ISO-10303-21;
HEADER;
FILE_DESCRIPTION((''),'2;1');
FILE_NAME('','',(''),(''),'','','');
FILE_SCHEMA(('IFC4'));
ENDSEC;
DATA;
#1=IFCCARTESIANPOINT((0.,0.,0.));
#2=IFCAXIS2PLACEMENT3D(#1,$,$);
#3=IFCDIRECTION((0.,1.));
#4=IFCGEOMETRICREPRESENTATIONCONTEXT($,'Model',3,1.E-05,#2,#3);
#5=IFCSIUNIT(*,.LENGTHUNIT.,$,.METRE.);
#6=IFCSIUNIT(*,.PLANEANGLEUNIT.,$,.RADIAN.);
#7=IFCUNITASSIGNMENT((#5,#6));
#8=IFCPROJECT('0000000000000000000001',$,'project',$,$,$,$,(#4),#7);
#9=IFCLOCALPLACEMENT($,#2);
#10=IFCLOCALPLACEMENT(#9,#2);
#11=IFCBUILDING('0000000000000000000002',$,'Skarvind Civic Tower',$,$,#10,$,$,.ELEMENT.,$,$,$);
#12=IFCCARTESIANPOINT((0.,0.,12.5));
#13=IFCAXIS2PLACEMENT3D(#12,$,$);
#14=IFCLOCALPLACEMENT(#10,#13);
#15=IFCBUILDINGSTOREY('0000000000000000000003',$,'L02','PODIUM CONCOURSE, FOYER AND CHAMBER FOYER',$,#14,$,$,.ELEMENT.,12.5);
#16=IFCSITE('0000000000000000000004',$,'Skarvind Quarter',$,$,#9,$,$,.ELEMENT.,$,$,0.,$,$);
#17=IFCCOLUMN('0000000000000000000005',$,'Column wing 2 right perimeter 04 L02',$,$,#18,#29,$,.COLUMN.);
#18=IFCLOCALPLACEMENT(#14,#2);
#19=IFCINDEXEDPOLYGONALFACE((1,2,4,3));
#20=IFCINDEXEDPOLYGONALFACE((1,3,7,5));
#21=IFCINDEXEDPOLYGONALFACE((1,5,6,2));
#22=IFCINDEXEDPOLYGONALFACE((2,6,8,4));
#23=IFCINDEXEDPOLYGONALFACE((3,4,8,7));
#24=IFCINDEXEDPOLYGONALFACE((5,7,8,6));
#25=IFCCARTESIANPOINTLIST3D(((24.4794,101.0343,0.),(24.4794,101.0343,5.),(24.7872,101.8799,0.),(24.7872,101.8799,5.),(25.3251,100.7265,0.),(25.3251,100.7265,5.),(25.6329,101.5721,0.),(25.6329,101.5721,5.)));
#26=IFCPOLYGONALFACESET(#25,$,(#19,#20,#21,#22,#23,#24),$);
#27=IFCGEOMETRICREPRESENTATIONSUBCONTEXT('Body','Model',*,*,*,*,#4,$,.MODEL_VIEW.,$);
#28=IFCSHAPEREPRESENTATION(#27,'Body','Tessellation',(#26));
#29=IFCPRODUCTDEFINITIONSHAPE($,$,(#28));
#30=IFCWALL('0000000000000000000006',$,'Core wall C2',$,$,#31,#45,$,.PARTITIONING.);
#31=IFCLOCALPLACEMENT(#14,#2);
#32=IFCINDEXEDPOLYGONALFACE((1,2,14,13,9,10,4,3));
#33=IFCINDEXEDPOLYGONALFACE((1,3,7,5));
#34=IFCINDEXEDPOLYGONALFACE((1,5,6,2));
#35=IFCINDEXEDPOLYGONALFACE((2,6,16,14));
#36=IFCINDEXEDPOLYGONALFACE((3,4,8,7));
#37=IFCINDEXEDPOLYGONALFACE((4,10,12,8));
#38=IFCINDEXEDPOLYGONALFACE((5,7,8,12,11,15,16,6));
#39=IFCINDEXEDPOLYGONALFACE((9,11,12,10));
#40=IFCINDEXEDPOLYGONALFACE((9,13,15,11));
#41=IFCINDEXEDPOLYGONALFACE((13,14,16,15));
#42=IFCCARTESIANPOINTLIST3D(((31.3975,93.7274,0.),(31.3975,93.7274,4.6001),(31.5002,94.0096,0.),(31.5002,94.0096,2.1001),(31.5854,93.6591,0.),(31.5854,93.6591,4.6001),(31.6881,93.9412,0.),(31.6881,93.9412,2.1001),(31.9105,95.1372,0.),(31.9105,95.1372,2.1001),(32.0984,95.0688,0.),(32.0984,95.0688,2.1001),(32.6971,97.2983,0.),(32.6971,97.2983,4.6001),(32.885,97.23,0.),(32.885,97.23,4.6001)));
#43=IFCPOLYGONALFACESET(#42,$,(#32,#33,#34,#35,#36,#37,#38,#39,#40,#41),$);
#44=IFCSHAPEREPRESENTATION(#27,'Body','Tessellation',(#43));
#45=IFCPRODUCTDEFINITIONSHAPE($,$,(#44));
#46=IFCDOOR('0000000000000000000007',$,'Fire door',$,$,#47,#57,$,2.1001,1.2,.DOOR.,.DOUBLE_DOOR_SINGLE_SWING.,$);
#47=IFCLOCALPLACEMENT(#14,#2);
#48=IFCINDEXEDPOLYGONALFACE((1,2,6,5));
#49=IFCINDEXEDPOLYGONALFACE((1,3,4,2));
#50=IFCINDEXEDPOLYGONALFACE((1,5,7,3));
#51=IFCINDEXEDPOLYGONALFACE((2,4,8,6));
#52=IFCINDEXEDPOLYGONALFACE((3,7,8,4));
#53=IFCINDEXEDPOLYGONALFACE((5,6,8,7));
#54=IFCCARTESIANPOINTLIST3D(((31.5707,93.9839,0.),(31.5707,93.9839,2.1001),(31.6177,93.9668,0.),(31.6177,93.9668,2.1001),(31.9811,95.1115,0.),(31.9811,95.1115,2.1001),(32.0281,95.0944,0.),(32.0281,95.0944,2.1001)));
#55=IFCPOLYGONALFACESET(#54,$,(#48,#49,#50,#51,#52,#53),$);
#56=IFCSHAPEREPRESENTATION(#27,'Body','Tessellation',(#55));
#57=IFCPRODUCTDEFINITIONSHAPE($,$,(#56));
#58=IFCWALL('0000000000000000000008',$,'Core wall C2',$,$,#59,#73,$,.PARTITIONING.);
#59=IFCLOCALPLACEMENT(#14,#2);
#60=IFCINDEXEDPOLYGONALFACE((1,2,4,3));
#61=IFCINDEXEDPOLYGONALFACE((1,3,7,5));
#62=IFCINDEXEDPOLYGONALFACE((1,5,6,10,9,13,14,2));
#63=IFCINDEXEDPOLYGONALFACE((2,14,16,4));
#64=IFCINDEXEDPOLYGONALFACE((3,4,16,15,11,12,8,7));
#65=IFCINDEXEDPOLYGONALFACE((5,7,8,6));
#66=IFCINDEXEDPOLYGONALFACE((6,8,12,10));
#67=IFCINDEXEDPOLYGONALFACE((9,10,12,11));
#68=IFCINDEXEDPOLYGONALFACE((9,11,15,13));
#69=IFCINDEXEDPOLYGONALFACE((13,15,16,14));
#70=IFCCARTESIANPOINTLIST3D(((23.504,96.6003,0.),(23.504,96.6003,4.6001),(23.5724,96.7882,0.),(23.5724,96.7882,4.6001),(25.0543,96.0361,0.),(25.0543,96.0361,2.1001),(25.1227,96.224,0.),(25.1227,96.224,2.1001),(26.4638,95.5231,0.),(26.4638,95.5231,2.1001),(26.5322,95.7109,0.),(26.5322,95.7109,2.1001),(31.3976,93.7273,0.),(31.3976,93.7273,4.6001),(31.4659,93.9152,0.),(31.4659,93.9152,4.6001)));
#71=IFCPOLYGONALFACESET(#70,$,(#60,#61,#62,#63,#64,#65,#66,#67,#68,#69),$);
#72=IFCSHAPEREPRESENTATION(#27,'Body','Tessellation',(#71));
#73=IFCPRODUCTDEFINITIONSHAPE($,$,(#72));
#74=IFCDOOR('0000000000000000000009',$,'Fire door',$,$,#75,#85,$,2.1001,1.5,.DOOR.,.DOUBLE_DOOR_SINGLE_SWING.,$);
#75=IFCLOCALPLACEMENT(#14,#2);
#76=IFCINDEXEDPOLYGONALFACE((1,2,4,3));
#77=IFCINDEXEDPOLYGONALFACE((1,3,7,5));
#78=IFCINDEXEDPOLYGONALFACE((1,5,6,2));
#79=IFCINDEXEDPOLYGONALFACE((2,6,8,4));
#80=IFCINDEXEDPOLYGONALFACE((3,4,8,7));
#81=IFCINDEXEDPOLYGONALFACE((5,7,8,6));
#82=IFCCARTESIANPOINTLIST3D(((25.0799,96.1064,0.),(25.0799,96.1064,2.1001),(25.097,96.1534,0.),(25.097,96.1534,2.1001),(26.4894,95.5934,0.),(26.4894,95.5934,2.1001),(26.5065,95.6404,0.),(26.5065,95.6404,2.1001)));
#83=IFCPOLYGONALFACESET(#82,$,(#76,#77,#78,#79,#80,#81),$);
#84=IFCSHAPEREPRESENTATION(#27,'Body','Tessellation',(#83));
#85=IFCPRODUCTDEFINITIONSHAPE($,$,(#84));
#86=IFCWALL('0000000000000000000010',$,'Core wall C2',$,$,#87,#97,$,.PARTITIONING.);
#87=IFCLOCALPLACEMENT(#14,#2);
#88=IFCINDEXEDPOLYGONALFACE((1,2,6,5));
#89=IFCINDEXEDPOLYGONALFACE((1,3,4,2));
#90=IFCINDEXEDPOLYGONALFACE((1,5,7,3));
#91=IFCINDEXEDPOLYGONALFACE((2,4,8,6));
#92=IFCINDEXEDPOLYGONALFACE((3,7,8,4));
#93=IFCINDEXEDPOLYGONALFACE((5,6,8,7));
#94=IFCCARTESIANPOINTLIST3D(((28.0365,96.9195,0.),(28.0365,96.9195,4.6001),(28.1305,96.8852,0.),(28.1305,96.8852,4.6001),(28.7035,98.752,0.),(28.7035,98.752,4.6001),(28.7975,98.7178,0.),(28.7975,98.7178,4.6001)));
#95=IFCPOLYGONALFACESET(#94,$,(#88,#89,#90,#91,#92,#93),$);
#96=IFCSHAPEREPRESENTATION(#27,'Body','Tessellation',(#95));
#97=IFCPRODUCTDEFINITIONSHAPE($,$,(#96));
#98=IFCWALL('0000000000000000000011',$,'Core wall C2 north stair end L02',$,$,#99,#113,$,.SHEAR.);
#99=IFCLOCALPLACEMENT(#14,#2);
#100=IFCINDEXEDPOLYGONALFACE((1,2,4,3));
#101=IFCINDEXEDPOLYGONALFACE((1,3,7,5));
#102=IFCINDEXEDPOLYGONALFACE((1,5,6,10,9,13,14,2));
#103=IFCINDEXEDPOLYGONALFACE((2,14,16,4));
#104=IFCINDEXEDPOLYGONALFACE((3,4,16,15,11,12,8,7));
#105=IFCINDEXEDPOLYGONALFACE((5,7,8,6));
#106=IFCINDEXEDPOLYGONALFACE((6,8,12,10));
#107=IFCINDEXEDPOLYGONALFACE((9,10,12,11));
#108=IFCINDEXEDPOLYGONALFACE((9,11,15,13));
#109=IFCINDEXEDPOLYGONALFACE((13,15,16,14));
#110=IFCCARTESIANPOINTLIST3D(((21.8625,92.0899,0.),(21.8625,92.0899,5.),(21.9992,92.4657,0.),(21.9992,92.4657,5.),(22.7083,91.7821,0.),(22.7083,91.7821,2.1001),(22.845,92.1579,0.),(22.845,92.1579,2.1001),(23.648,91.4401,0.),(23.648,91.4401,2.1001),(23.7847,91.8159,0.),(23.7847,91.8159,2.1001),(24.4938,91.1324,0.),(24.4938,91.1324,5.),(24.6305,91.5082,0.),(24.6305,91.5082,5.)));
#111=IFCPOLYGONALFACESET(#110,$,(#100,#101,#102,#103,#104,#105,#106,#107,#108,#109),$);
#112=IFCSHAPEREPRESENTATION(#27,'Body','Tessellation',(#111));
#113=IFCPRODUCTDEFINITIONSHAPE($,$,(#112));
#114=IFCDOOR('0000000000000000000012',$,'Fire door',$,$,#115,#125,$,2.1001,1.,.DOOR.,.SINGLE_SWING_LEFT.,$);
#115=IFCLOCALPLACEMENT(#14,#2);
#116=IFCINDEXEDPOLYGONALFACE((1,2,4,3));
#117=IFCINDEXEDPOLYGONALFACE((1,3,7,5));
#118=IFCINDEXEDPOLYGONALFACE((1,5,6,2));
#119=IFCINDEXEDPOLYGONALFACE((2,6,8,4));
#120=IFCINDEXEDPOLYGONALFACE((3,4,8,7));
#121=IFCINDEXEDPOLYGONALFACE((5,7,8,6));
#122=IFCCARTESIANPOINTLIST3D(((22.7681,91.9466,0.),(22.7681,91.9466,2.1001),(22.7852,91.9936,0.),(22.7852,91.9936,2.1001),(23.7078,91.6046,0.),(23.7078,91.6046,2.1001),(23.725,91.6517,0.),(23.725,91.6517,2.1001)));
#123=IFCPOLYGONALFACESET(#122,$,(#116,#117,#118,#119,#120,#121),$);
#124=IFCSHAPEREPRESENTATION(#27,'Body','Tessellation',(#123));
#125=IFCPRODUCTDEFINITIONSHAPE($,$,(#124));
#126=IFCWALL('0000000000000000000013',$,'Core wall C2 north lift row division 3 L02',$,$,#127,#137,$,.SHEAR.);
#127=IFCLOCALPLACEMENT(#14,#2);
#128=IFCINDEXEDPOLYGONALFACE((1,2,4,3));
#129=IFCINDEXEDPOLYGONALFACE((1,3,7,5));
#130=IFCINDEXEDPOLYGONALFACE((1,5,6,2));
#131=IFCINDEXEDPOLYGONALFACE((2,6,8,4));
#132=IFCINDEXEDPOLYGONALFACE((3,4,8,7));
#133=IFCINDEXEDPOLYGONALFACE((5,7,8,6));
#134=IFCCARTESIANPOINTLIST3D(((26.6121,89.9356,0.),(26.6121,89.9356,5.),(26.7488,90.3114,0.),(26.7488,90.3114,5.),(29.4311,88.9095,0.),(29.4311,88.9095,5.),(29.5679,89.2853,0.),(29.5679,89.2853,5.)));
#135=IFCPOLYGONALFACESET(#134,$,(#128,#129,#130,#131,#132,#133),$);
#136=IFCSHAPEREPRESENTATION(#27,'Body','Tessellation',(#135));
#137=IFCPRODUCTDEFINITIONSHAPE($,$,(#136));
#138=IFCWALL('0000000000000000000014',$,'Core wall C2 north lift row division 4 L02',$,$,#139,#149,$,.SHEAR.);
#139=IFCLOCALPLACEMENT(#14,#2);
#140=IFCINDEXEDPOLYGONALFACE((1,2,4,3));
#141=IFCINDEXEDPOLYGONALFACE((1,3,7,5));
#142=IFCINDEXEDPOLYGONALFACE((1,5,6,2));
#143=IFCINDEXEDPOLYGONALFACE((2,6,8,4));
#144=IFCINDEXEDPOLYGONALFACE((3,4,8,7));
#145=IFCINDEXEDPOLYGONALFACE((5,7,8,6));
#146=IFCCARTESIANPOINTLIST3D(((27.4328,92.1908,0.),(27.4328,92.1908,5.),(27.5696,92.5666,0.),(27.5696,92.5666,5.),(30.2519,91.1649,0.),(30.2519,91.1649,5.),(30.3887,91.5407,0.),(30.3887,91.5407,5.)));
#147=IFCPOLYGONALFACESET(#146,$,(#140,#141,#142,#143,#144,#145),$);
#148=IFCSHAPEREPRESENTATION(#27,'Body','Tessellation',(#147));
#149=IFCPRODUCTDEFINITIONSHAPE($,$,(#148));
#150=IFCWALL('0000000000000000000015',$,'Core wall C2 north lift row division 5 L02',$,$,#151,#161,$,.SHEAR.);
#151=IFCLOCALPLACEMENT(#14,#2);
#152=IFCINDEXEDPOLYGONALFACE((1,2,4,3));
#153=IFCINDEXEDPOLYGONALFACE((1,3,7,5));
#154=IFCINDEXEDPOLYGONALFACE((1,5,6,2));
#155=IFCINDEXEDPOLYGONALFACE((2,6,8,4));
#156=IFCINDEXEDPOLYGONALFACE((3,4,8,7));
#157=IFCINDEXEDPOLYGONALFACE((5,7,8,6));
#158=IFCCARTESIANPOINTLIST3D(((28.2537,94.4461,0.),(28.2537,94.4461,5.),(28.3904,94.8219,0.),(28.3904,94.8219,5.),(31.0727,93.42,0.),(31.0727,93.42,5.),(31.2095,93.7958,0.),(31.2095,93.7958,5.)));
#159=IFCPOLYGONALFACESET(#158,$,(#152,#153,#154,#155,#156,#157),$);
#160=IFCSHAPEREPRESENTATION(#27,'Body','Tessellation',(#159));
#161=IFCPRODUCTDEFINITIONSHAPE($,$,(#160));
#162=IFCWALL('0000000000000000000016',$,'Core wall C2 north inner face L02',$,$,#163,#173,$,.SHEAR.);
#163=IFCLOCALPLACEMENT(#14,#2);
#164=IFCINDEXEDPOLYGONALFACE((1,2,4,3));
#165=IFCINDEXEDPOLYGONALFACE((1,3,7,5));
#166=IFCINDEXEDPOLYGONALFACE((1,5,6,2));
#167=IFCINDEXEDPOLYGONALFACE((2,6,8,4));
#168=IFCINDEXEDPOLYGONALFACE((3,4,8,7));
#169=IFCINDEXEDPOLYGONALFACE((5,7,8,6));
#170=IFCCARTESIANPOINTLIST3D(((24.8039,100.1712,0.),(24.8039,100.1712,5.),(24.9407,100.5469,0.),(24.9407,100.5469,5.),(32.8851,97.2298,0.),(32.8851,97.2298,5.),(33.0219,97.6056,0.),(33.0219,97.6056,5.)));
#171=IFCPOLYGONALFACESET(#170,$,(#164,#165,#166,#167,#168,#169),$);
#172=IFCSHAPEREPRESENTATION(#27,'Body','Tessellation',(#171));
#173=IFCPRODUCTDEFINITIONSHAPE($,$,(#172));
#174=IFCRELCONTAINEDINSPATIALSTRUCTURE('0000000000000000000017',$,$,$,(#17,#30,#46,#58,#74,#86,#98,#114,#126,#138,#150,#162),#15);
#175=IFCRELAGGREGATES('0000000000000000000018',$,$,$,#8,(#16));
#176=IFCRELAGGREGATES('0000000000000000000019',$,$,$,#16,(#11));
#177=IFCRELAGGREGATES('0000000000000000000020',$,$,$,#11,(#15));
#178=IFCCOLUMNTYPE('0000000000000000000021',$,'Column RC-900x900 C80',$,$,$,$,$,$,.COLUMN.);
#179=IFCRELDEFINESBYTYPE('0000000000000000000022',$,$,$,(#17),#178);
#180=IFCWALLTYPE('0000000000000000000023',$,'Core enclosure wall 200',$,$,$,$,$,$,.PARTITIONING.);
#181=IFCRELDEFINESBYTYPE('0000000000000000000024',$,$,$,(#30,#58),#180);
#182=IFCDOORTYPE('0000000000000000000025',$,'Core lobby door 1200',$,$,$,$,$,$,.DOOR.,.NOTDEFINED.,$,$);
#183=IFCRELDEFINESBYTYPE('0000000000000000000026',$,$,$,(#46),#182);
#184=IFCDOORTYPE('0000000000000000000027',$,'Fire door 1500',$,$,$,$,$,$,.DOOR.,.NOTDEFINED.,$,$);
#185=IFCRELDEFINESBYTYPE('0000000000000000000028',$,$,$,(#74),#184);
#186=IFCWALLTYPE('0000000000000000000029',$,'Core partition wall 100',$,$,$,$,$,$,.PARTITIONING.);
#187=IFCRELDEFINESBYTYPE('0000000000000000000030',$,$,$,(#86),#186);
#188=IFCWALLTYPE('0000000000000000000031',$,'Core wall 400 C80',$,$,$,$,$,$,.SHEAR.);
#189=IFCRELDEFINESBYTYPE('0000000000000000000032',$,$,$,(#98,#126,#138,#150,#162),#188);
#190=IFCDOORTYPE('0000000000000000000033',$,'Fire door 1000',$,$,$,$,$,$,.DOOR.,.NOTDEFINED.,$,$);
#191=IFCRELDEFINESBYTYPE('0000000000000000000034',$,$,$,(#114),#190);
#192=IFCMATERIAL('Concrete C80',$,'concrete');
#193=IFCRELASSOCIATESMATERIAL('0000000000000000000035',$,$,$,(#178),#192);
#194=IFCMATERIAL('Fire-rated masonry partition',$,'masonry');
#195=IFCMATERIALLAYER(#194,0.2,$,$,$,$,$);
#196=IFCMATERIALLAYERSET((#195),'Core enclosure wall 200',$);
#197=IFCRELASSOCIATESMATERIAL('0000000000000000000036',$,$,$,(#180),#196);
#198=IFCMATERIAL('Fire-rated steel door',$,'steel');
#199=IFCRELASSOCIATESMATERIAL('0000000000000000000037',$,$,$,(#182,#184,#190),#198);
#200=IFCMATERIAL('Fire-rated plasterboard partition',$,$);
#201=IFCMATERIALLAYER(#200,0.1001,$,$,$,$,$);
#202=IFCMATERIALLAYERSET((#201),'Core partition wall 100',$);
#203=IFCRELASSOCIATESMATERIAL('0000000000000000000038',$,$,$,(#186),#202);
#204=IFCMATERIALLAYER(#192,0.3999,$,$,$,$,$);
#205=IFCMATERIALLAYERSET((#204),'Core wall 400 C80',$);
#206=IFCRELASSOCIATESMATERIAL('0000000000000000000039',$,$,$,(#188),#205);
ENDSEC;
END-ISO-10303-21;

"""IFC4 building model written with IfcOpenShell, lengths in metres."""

from ifc_helpers import new_model, si_unit, direction, frame, frame_2d, origin, origin_2d, place, context, subcontext, project, spatial, rectangle, extrude, material, layer, layer_set, material_profile, profile_set, type_object, element, fill, save


model = new_model("IFC4")

# Units and contexts
model_context = context("Model", 3, precision=1e-05, world=origin(), true_north=direction((0.0, 1.0)))
body_context = subcontext(model_context, "Body", "Model", "MODEL_VIEW")
ifc_project = project(units=[si_unit("LENGTHUNIT", "METRE"), si_unit("PLANEANGLEUNIT", "RADIAN")], contexts=[model_context])

# Site, building, storey
site_placement = place(None, origin())
site = spatial("IfcSite", under=ifc_project, at=site_placement, Name="Skarvind Quarter", CompositionType="ELEMENT", RefElevation=0.0)
building_placement = place(site_placement, origin())
building = spatial("IfcBuilding", under=site, at=building_placement, Name="Skarvind Civic Tower", CompositionType="ELEMENT")
storey_placement = place(building_placement, frame((0.0, 0.0, 12.5)))
storey = spatial("IfcBuildingStorey", under=building, at=storey_placement, Name="L02", Description="PODIUM CONCOURSE, FOYER AND CHAMBER FOYER", CompositionType="ELEMENT", Elevation=12.5)

# Column
ifc_material_1 = material(Name="Concrete C80", Category="concrete")
ifc_material_profile = material_profile(ifc_material_1, rectangle(XDim=0.8999, YDim=0.8999, at=origin_2d()), Name="RC-900x900")
ifc_profile_set = profile_set([ifc_material_profile], Name="Concrete C80")
column_type = type_object("IfcColumnType", Name="Column RC-900x900 C80", PredefinedType="COLUMN", material=ifc_profile_set)
column_placement = place(storey_placement, frame((25.0562, 101.3032, 0.0), z_axis=(0.0, 0.0, 1.0), x_axis=(-0.34202, -0.939693, 0.0)))
element("IfcColumn", 1, at=column_placement, inside=storey, type_object=column_type, Name="Column wing 2 right perimeter 04 L02", PredefinedType="COLUMN", context=body_context, shape_type="SweptSolid", body=[
    extrude(rectangle(XDim=0.8999, YDim=0.8999, at=origin_2d()), origin(), (0.0, 0.0, 1.0), 5.0),
])

# Walls, openings, doors
ifc_material_2 = material(Name="Fire-rated masonry partition", Category="masonry")
ifc_layer_1 = layer(ifc_material_2, 0.2)
ifc_layer_set_1 = layer_set([ifc_layer_1], Name="Core enclosure wall 200")
wall_type_1 = type_object("IfcWallType", Name="Core enclosure wall 200", PredefinedType="PARTITIONING", material=ifc_layer_set_1)
wall_1_placement = place(storey_placement, frame((31.4915, 93.6934, 0.0), z_axis=(0.0, 0.0, 1.0), x_axis=(0.341996, 0.939701, 0.0)))
wall_1 = element("IfcWall", 2, at=wall_1_placement, inside=storey, type_object=wall_type_1, Name="Core wall C2", PredefinedType="PARTITIONING", context=body_context, shape_type="SweptSolid", body=[
    extrude(rectangle(XDim=3.8, YDim=0.2, at=frame_2d((1.8999, 0.0))), origin(), (0.0, 0.0, 1.0), 4.6001),
])
opening_1_placement = place(wall_1_placement, frame((0.3, 0.0, 0.0)))
opening_1 = element("IfcOpeningElement", 3, at=opening_1_placement, cuts=wall_1, PredefinedType="OPENING", context=body_context, shape_type="SweptSolid", body=[
    extrude(rectangle(XDim=1.2, YDim=2.1001, at=frame_2d((0.6001, 1.05))), frame((0.0, 0.1099, 0.0), z_axis=(0.0, -1.0, 0.0), x_axis=(1.0, 0.0, 0.0)), (0.0, 0.0, 1.0), 0.22),
])
ifc_material_3 = material(Name="Fire-rated steel door", Category="steel")
door_type_1 = type_object("IfcDoorType", Name="Core lobby door 1200", OperationType="NOTDEFINED", PredefinedType="DOOR", material=ifc_material_3)
door_1_placement = place(opening_1_placement, origin())
door_1 = element("IfcDoor", 4, at=door_1_placement, inside=storey, type_object=door_type_1, Name="Fire door", OperationType="DOUBLE_DOOR_SINGLE_SWING", OverallHeight=2.1001, OverallWidth=1.2, PredefinedType="DOOR", context=body_context, shape_type="SweptSolid", body=[
    extrude(rectangle(XDim=1.2, YDim=2.1001, at=frame_2d((0.6001, 1.05))), frame((0.0, 0.0249, 0.0), z_axis=(0.0, -1.0, 0.0), x_axis=(1.0, 0.0, 0.0)), (0.0, 0.0, 1.0), 0.05),
])
fill(opening_1, door_1)
wall_2_placement = place(storey_placement, frame((23.5381, 96.6943, 0.0), z_axis=(0.0, 0.0, 1.0), x_axis=(0.939692, -0.342023, 0.0)))
wall_2 = element("IfcWall", 5, at=wall_2_placement, inside=storey, type_object=wall_type_1, Name="Core wall C2", PredefinedType="PARTITIONING", context=body_context, shape_type="SweptSolid", body=[
    extrude(rectangle(XDim=8.4001, YDim=0.2, at=frame_2d((4.2002, 0.0))), origin(), (0.0, 0.0, 1.0), 4.6001),
])
opening_2_placement = place(wall_2_placement, frame((1.6499, 0.0, 0.0)))
opening_2 = element("IfcOpeningElement", 6, at=opening_2_placement, cuts=wall_2, PredefinedType="OPENING", context=body_context, shape_type="SweptSolid", body=[
    extrude(rectangle(XDim=1.5, YDim=2.1001, at=frame_2d((0.75, 1.05))), frame((0.0, 0.1099, 0.0), z_axis=(0.0, -1.0, 0.0), x_axis=(1.0, 0.0, 0.0)), (0.0, 0.0, 1.0), 0.22),
])
door_type_2 = type_object("IfcDoorType", Name="Fire door 1500", OperationType="NOTDEFINED", PredefinedType="DOOR", material=ifc_material_3)
door_2_placement = place(opening_2_placement, origin())
door_2 = element("IfcDoor", 7, at=door_2_placement, inside=storey, type_object=door_type_2, Name="Fire door", OperationType="DOUBLE_DOOR_SINGLE_SWING", OverallHeight=2.1001, OverallWidth=1.5, PredefinedType="DOOR", context=body_context, shape_type="SweptSolid", body=[
    extrude(rectangle(XDim=1.5, YDim=2.1001, at=frame_2d((0.75, 1.05))), frame((0.0, 0.0249, 0.0), z_axis=(0.0, -1.0, 0.0), x_axis=(1.0, 0.0, 0.0)), (0.0, 0.0, 1.0), 0.05),
])
fill(opening_2, door_2)

# Wall
ifc_material_4 = material(Name="Fire-rated plasterboard partition")
ifc_layer_2 = layer(ifc_material_4, 0.1001)
ifc_layer_set_2 = layer_set([ifc_layer_2], Name="Core partition wall 100")
wall_type_2 = type_object("IfcWallType", Name="Core partition wall 100", PredefinedType="PARTITIONING", material=ifc_layer_set_2)
wall_3_placement = place(storey_placement, frame((28.0835, 96.9023, 0.0), z_axis=(0.0, 0.0, 1.0), x_axis=(0.342025, 0.939691, 0.0)))
element("IfcWall", 8, at=wall_3_placement, inside=storey, type_object=wall_type_2, Name="Core wall C2", PredefinedType="PARTITIONING", context=body_context, shape_type="SweptSolid", body=[
    extrude(rectangle(XDim=1.9502, YDim=0.1001, at=frame_2d((0.9751, 0.0))), origin(), (0.0, 0.0, 1.0), 4.6001),
])

# Wall, opening, door
ifc_layer_3 = layer(ifc_material_1, 0.3999)
ifc_layer_set_3 = layer_set([ifc_layer_3], Name="Core wall 400 C80")
wall_type_3 = type_object("IfcWallType", Name="Core wall 400 C80", PredefinedType="SHEAR", material=ifc_layer_set_3)
wall_4_placement = place(storey_placement, frame((24.562, 91.3203, 0.0), z_axis=(0.0, 0.0, 1.0), x_axis=(-0.939717, 0.341953, 0.0)))
wall_4 = element("IfcWall", 9, at=wall_4_placement, inside=storey, type_object=wall_type_3, Name="Core wall C2 north stair end L02", PredefinedType="SHEAR", context=body_context, shape_type="SweptSolid", body=[
    extrude(rectangle(XDim=2.8, YDim=0.3999, at=frame_2d((1.3999, 0.0))), origin(), (0.0, 0.0, 1.0), 5.0),
])
opening_3_placement = place(wall_4_placement, frame((0.8999, 0.0, 0.0)))
opening_3 = element("IfcOpeningElement", 10, at=opening_3_placement, cuts=wall_4, PredefinedType="OPENING", context=body_context, shape_type="SweptSolid", body=[
    extrude(rectangle(XDim=1.0, YDim=2.1001, at=frame_2d((0.5, 1.05))), frame((0.0, 0.21, 0.0), z_axis=(0.0, -1.0, 0.0), x_axis=(1.0, 0.0, 0.0)), (0.0, 0.0, 1.0), 0.4199),
])
door_type_3 = type_object("IfcDoorType", Name="Fire door 1000", OperationType="NOTDEFINED", PredefinedType="DOOR", material=ifc_material_3)
door_3_placement = place(opening_3_placement, origin())
door_3 = element("IfcDoor", 11, at=door_3_placement, inside=storey, type_object=door_type_3, Name="Fire door", OperationType="SINGLE_SWING_LEFT", OverallHeight=2.1001, OverallWidth=1.0, PredefinedType="DOOR", context=body_context, shape_type="SweptSolid", body=[
    extrude(rectangle(XDim=1.0, YDim=2.1001, at=frame_2d((0.5, 1.05))), frame((0.0, 0.0249, 0.0), z_axis=(0.0, -1.0, 0.0), x_axis=(1.0, 0.0, 0.0)), (0.0, 0.0, 1.0), 0.05),
])
fill(opening_3, door_3)

# Walls
for number, where, z_axis, x_axis, name in (
    (12, (29.4995, 89.0974, 0.0), (0.0, 0.0, 1.0), (-0.939686, 0.342037, 0.0), "Core wall C2 north lift row division 3 L02"),
    (13, (30.3203, 91.3528, 0.0), (0.0, 0.0, 1.0), (-0.939713, 0.341965, 0.0), "Core wall C2 north lift row division 4 L02"),
    (14, (31.1411, 93.6079, 0.0), (0.0, 0.0, 1.0), (-0.939686, 0.342037, 0.0), "Core wall C2 north lift row division 5 L02"),
):
    element("IfcWall", number, at=place(storey_placement, frame(where, z_axis=z_axis, x_axis=x_axis)), inside=storey, type_object=wall_type_3, Name=name, PredefinedType="SHEAR", context=body_context, shape_type="SweptSolid", body=[
        extrude(rectangle(XDim=3.0, YDim=0.3999, at=frame_2d((1.5, 0.0))), origin(), (0.0, 0.0, 1.0), 5.0),
    ])
wall_5_placement = place(storey_placement, frame((32.9534, 97.4177, 0.0), z_axis=(0.0, 0.0, 1.0), x_axis=(-0.939691, 0.342026, 0.0)))
element("IfcWall", 15, at=wall_5_placement, inside=storey, type_object=wall_type_3, Name="Core wall C2 north inner face L02", PredefinedType="SHEAR", context=body_context, shape_type="SweptSolid", body=[
    extrude(rectangle(XDim=8.5999, YDim=0.3999, at=frame_2d((4.2998, 0.0))), origin(), (0.0, 0.0, 1.0), 5.0),
])

save(model, "model.ifc")
